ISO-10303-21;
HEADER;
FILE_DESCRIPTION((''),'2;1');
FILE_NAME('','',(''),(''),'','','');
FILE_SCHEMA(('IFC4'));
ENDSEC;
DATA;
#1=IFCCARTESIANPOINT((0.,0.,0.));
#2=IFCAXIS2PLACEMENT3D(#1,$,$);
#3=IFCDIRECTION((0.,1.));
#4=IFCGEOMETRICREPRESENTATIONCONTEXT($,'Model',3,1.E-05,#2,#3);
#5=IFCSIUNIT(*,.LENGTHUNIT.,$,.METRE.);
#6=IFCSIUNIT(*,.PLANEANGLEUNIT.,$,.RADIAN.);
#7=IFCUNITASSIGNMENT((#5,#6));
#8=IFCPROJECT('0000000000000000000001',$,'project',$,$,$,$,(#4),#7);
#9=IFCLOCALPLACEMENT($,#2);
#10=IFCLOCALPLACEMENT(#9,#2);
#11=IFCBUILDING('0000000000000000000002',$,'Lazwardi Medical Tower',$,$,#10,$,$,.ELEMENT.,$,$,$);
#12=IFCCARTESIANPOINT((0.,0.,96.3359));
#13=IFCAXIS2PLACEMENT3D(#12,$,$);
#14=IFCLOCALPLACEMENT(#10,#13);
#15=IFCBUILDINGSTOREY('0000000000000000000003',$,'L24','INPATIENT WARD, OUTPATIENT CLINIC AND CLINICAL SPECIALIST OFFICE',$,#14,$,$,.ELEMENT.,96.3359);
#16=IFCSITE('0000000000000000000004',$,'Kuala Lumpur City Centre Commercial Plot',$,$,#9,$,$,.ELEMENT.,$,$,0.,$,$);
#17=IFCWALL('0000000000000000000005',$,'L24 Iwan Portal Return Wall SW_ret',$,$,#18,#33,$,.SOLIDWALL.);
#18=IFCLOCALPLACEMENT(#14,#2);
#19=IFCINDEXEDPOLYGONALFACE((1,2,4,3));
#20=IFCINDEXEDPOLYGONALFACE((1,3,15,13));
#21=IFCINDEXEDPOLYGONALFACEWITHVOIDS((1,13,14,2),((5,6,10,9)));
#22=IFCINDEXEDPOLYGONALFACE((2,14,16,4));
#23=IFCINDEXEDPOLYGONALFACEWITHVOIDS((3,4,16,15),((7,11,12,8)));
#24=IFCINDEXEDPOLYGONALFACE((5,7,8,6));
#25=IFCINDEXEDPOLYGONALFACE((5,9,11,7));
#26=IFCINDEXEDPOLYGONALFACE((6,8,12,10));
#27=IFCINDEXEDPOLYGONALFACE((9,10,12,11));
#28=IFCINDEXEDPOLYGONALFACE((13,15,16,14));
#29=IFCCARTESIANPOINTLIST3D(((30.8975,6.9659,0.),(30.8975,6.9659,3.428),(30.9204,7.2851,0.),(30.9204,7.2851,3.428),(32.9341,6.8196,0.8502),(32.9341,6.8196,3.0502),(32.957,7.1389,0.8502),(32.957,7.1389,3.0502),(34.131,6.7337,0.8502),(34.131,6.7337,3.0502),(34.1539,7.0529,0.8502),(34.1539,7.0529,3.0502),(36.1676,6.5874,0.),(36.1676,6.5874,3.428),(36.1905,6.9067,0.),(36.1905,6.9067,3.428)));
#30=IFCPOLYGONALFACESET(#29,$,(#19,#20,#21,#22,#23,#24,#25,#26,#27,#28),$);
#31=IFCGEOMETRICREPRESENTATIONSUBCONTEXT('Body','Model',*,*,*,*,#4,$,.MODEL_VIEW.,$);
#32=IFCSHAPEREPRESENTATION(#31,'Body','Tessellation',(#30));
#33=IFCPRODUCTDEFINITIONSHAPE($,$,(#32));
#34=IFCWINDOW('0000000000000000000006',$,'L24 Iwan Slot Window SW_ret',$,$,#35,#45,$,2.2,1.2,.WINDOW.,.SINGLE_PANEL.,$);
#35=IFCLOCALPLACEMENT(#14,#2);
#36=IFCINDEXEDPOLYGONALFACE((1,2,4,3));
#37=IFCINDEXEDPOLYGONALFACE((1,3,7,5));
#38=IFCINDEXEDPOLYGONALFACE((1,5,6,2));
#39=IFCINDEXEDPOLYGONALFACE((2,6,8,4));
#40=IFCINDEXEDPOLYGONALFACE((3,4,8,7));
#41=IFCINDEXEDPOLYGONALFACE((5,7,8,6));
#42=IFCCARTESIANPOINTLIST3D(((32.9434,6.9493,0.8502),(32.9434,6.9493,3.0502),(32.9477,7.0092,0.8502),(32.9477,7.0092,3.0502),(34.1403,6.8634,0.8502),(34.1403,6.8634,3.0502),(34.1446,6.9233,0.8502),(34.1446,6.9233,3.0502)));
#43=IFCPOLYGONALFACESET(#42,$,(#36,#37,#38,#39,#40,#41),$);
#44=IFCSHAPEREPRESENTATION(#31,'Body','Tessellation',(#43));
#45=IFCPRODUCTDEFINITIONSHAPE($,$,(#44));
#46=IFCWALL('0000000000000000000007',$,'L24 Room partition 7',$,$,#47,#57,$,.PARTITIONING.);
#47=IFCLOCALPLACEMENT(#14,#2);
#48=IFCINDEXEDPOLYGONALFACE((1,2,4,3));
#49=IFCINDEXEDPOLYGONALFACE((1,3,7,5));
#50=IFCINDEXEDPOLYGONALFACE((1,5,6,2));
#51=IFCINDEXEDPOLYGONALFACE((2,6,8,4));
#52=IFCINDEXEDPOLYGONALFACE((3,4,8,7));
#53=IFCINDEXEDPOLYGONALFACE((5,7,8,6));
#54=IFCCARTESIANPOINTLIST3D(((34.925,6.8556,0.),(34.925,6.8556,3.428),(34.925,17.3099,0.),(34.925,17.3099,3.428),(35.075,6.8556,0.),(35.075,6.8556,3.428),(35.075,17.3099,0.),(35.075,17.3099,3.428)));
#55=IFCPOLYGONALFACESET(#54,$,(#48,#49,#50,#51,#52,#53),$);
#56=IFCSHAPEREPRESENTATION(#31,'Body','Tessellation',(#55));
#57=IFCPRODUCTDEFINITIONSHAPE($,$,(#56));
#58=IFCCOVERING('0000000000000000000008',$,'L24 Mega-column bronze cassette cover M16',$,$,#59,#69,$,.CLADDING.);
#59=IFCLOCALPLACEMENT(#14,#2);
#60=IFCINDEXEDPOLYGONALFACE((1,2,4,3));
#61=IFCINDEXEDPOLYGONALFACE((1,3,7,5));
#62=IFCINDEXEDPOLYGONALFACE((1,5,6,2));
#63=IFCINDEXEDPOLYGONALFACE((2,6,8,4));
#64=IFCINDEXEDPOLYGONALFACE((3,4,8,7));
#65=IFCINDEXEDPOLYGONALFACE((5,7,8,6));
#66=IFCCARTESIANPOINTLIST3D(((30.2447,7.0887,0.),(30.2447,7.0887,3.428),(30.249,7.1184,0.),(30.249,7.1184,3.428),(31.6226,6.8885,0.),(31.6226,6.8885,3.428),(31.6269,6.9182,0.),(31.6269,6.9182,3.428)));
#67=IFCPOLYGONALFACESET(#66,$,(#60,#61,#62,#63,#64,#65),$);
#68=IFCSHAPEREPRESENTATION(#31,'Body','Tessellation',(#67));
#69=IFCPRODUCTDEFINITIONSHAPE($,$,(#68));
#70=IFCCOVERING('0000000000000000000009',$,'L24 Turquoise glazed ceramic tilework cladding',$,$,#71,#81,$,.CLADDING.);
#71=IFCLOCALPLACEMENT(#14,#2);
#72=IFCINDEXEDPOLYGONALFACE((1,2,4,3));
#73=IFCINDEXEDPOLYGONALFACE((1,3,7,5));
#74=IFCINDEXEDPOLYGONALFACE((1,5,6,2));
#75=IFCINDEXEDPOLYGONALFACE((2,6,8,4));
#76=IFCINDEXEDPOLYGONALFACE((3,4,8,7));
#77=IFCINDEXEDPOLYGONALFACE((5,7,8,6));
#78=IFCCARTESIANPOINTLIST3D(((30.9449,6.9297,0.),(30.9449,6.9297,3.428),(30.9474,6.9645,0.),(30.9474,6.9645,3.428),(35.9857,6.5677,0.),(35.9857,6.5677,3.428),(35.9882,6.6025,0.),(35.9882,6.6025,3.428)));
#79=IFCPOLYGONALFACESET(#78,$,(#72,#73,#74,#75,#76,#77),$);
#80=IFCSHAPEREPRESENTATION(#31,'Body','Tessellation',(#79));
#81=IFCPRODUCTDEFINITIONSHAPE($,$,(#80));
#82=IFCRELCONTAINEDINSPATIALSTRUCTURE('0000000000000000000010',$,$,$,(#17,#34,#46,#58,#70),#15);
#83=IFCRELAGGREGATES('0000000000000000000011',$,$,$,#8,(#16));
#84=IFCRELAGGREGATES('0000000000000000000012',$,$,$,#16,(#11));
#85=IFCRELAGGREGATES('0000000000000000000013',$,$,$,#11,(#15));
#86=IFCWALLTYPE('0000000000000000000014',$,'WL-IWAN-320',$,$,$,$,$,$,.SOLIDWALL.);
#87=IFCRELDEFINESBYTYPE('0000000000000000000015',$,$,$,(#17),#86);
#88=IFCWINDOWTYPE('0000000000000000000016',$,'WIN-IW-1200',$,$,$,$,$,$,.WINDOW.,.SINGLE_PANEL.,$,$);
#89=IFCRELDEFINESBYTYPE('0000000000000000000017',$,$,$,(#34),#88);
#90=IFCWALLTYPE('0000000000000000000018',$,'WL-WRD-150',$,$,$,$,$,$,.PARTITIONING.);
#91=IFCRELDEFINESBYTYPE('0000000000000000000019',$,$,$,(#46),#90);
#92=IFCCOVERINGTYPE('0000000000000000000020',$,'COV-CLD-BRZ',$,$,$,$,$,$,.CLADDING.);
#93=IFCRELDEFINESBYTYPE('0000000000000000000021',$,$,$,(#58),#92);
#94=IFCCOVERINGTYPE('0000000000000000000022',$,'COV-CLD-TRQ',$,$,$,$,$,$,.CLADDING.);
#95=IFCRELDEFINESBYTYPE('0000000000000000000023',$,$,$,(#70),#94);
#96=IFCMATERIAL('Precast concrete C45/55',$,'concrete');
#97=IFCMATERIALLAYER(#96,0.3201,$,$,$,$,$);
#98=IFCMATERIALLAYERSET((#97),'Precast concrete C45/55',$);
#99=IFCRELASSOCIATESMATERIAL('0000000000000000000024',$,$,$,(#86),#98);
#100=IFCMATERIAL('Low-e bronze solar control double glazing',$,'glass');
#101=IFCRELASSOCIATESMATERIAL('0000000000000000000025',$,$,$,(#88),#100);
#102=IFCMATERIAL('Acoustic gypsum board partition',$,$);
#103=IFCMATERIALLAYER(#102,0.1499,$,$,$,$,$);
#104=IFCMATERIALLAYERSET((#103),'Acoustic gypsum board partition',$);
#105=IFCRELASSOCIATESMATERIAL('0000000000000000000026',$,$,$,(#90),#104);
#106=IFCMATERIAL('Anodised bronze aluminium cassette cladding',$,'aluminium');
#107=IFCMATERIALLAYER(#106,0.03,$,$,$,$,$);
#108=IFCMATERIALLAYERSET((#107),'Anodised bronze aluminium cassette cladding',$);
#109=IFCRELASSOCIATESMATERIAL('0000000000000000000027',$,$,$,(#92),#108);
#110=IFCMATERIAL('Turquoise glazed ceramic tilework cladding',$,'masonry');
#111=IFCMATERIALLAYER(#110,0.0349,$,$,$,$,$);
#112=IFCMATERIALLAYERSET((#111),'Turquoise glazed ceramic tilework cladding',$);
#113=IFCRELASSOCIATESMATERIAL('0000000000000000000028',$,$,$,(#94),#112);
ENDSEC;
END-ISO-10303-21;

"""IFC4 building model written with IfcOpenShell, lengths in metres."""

from ifc_helpers import new_model, si_unit, direction, frame, frame_2d, origin, origin_2d, place, context, subcontext, project, spatial, rectangle, extrude, material, layer, layer_set, type_object, element, fill, save


model = new_model("IFC4")

# Units and contexts
model_context = context("Model", 3, precision=1e-05, world=origin(), true_north=direction((0.0, 1.0)))
body_context = subcontext(model_context, "Body", "Model", "MODEL_VIEW")
ifc_project = project(units=[si_unit("LENGTHUNIT", "METRE"), si_unit("PLANEANGLEUNIT", "RADIAN")], contexts=[model_context])

# Site, building, storey
site_placement = place(None, origin())
site = spatial("IfcSite", under=ifc_project, at=site_placement, Name="Kuala Lumpur City Centre Commercial Plot", CompositionType="ELEMENT", RefElevation=0.0)
building_placement = place(site_placement, origin())
building = spatial("IfcBuilding", under=site, at=building_placement, Name="Lazwardi Medical Tower", CompositionType="ELEMENT")
storey_placement = place(building_placement, frame((0.0, 0.0, 96.3359)))
storey = spatial("IfcBuildingStorey", under=building, at=storey_placement, Name="L24", Description="INPATIENT WARD, OUTPATIENT CLINIC AND CLINICAL SPECIALIST OFFICE", CompositionType="ELEMENT", Elevation=96.3359)

# Shared definitions
ifc_material_1 = material(Name="Low-e bronze solar control double glazing", Category="glass")

# Wall, opening, window
ifc_material_2 = material(Name="Precast concrete C45/55", Category="concrete")
ifc_layer_1 = layer(ifc_material_2, 0.3201)
ifc_layer_set_1 = layer_set([ifc_layer_1], Name="Precast concrete C45/55")
wall_type_1 = type_object("IfcWallType", Name="WL-IWAN-320", PredefinedType="SOLIDWALL", material=ifc_layer_set_1)
wall_1_placement = place(storey_placement, frame((30.9089, 7.1255, 0.0), z_axis=(0.0, 0.0, 1.0), x_axis=(0.997432, -0.071621, 0.0)))
wall_1 = element("IfcWall", 1, at=wall_1_placement, inside=storey, type_object=wall_type_1, Name="L24 Iwan Portal Return Wall SW_ret", PredefinedType="SOLIDWALL", context=body_context, shape_type="SweptSolid", body=[
    extrude(rectangle(XDim=5.2837, YDim=0.3201, at=frame_2d((2.6418, 0.0))), origin(), (0.0, 0.0, 1.0), 3.428),
])
opening_1_placement = place(wall_1_placement, frame((2.0417, 0.0, 0.8501)))
opening_1 = element("IfcOpeningElement", 2, at=opening_1_placement, cuts=wall_1, PredefinedType="OPENING", context=body_context, shape_type="SweptSolid", body=[
    extrude(rectangle(XDim=1.2, YDim=2.2, at=frame_2d((0.6001, 1.1001))), frame((0.0, 0.1699, 0.0), z_axis=(0.0, -1.0, 0.0), x_axis=(1.0, 0.0, 0.0)), (0.0, 0.0, 1.0), 0.3401),
])
window_type_1 = type_object("IfcWindowType", Name="WIN-IW-1200", PartitioningType="SINGLE_PANEL", PredefinedType="WINDOW", material=ifc_material_1)
window_1_placement = place(opening_1_placement, origin())
window_1 = element("IfcWindow", 3, at=window_1_placement, inside=storey, type_object=window_type_1, Name="L24 Iwan Slot Window SW_ret", OverallHeight=2.2, OverallWidth=1.2, PartitioningType="SINGLE_PANEL", PredefinedType="WINDOW", context=body_context, shape_type="SweptSolid", body=[
    extrude(rectangle(XDim=1.2, YDim=2.2, at=frame_2d((0.6001, 1.1001))), frame((0.0, 0.03, 0.0), z_axis=(0.0, -1.0, 0.0), x_axis=(1.0, 0.0, 0.0)), (0.0, 0.0, 1.0), 0.0601),
])
fill(opening_1, window_1)

# Wall
ifc_material_3 = material(Name="Acoustic gypsum board partition")
ifc_layer_2 = layer(ifc_material_3, 0.1499)
ifc_layer_set_2 = layer_set([ifc_layer_2], Name="Acoustic gypsum board partition")
wall_type_2 = type_object("IfcWallType", Name="WL-WRD-150", PredefinedType="PARTITIONING", material=ifc_layer_set_2)
wall_2_placement = place(storey_placement, frame((35.0, 6.8557, 0.0), z_axis=(0.0, 0.0, 1.0), x_axis=(0.0, 1.0, 0.0)))
element("IfcWall", 4, at=wall_2_placement, inside=storey, type_object=wall_type_2, Name="L24 Room partition 7", PredefinedType="PARTITIONING", context=body_context, shape_type="SweptSolid", body=[
    extrude(rectangle(XDim=10.4543, YDim=0.1499, at=frame_2d((5.2271, 0.0))), origin(), (0.0, 0.0, 1.0), 3.428),
])

# Coverings
ifc_material_4 = material(Name="Anodised bronze aluminium cassette cladding", Category="aluminium")
ifc_layer_3 = layer(ifc_material_4, 0.03)
ifc_layer_set_3 = layer_set([ifc_layer_3], Name="Anodised bronze aluminium cassette cladding")
covering_type_1 = type_object("IfcCoveringType", Name="COV-CLD-BRZ", PredefinedType="CLADDING", material=ifc_layer_set_3)
covering_1_placement = place(storey_placement, frame((30.9358, 7.0034, 0.0), z_axis=(0.0, 0.0, 1.0), x_axis=(0.989609, -0.143785, 0.0)))
element("IfcCovering", 5, at=covering_1_placement, inside=storey, type_object=covering_type_1, Name="L24 Mega-column bronze cassette cover M16", PredefinedType="CLADDING", context=body_context, shape_type="SweptSolid", body=[
    extrude(rectangle(XDim=1.3923, YDim=0.03, at=origin_2d()), origin(), (0.0, 0.0, 1.0), 3.428),
])
ifc_material_5 = material(Name="Turquoise glazed ceramic tilework cladding", Category="masonry")
ifc_layer_4 = layer(ifc_material_5, 0.0349)
ifc_layer_set_4 = layer_set([ifc_layer_4], Name="Turquoise glazed ceramic tilework cladding")
covering_type_2 = type_object("IfcCoveringType", Name="COV-CLD-TRQ", PredefinedType="CLADDING", material=ifc_layer_set_4)
covering_2_placement = place(storey_placement, frame((33.4666, 6.7661, 0.0), z_axis=(0.0, 0.0, 1.0), x_axis=(0.997431, -0.071631, 0.0)))
element("IfcCovering", 6, at=covering_2_placement, inside=storey, type_object=covering_type_2, Name="L24 Turquoise glazed ceramic tilework cladding", PredefinedType="CLADDING", context=body_context, shape_type="SweptSolid", body=[
    extrude(rectangle(XDim=5.0537, YDim=0.0349, at=origin_2d()), origin(), (0.0, 0.0, 1.0), 3.428),
])

save(model, "model.ifc")
